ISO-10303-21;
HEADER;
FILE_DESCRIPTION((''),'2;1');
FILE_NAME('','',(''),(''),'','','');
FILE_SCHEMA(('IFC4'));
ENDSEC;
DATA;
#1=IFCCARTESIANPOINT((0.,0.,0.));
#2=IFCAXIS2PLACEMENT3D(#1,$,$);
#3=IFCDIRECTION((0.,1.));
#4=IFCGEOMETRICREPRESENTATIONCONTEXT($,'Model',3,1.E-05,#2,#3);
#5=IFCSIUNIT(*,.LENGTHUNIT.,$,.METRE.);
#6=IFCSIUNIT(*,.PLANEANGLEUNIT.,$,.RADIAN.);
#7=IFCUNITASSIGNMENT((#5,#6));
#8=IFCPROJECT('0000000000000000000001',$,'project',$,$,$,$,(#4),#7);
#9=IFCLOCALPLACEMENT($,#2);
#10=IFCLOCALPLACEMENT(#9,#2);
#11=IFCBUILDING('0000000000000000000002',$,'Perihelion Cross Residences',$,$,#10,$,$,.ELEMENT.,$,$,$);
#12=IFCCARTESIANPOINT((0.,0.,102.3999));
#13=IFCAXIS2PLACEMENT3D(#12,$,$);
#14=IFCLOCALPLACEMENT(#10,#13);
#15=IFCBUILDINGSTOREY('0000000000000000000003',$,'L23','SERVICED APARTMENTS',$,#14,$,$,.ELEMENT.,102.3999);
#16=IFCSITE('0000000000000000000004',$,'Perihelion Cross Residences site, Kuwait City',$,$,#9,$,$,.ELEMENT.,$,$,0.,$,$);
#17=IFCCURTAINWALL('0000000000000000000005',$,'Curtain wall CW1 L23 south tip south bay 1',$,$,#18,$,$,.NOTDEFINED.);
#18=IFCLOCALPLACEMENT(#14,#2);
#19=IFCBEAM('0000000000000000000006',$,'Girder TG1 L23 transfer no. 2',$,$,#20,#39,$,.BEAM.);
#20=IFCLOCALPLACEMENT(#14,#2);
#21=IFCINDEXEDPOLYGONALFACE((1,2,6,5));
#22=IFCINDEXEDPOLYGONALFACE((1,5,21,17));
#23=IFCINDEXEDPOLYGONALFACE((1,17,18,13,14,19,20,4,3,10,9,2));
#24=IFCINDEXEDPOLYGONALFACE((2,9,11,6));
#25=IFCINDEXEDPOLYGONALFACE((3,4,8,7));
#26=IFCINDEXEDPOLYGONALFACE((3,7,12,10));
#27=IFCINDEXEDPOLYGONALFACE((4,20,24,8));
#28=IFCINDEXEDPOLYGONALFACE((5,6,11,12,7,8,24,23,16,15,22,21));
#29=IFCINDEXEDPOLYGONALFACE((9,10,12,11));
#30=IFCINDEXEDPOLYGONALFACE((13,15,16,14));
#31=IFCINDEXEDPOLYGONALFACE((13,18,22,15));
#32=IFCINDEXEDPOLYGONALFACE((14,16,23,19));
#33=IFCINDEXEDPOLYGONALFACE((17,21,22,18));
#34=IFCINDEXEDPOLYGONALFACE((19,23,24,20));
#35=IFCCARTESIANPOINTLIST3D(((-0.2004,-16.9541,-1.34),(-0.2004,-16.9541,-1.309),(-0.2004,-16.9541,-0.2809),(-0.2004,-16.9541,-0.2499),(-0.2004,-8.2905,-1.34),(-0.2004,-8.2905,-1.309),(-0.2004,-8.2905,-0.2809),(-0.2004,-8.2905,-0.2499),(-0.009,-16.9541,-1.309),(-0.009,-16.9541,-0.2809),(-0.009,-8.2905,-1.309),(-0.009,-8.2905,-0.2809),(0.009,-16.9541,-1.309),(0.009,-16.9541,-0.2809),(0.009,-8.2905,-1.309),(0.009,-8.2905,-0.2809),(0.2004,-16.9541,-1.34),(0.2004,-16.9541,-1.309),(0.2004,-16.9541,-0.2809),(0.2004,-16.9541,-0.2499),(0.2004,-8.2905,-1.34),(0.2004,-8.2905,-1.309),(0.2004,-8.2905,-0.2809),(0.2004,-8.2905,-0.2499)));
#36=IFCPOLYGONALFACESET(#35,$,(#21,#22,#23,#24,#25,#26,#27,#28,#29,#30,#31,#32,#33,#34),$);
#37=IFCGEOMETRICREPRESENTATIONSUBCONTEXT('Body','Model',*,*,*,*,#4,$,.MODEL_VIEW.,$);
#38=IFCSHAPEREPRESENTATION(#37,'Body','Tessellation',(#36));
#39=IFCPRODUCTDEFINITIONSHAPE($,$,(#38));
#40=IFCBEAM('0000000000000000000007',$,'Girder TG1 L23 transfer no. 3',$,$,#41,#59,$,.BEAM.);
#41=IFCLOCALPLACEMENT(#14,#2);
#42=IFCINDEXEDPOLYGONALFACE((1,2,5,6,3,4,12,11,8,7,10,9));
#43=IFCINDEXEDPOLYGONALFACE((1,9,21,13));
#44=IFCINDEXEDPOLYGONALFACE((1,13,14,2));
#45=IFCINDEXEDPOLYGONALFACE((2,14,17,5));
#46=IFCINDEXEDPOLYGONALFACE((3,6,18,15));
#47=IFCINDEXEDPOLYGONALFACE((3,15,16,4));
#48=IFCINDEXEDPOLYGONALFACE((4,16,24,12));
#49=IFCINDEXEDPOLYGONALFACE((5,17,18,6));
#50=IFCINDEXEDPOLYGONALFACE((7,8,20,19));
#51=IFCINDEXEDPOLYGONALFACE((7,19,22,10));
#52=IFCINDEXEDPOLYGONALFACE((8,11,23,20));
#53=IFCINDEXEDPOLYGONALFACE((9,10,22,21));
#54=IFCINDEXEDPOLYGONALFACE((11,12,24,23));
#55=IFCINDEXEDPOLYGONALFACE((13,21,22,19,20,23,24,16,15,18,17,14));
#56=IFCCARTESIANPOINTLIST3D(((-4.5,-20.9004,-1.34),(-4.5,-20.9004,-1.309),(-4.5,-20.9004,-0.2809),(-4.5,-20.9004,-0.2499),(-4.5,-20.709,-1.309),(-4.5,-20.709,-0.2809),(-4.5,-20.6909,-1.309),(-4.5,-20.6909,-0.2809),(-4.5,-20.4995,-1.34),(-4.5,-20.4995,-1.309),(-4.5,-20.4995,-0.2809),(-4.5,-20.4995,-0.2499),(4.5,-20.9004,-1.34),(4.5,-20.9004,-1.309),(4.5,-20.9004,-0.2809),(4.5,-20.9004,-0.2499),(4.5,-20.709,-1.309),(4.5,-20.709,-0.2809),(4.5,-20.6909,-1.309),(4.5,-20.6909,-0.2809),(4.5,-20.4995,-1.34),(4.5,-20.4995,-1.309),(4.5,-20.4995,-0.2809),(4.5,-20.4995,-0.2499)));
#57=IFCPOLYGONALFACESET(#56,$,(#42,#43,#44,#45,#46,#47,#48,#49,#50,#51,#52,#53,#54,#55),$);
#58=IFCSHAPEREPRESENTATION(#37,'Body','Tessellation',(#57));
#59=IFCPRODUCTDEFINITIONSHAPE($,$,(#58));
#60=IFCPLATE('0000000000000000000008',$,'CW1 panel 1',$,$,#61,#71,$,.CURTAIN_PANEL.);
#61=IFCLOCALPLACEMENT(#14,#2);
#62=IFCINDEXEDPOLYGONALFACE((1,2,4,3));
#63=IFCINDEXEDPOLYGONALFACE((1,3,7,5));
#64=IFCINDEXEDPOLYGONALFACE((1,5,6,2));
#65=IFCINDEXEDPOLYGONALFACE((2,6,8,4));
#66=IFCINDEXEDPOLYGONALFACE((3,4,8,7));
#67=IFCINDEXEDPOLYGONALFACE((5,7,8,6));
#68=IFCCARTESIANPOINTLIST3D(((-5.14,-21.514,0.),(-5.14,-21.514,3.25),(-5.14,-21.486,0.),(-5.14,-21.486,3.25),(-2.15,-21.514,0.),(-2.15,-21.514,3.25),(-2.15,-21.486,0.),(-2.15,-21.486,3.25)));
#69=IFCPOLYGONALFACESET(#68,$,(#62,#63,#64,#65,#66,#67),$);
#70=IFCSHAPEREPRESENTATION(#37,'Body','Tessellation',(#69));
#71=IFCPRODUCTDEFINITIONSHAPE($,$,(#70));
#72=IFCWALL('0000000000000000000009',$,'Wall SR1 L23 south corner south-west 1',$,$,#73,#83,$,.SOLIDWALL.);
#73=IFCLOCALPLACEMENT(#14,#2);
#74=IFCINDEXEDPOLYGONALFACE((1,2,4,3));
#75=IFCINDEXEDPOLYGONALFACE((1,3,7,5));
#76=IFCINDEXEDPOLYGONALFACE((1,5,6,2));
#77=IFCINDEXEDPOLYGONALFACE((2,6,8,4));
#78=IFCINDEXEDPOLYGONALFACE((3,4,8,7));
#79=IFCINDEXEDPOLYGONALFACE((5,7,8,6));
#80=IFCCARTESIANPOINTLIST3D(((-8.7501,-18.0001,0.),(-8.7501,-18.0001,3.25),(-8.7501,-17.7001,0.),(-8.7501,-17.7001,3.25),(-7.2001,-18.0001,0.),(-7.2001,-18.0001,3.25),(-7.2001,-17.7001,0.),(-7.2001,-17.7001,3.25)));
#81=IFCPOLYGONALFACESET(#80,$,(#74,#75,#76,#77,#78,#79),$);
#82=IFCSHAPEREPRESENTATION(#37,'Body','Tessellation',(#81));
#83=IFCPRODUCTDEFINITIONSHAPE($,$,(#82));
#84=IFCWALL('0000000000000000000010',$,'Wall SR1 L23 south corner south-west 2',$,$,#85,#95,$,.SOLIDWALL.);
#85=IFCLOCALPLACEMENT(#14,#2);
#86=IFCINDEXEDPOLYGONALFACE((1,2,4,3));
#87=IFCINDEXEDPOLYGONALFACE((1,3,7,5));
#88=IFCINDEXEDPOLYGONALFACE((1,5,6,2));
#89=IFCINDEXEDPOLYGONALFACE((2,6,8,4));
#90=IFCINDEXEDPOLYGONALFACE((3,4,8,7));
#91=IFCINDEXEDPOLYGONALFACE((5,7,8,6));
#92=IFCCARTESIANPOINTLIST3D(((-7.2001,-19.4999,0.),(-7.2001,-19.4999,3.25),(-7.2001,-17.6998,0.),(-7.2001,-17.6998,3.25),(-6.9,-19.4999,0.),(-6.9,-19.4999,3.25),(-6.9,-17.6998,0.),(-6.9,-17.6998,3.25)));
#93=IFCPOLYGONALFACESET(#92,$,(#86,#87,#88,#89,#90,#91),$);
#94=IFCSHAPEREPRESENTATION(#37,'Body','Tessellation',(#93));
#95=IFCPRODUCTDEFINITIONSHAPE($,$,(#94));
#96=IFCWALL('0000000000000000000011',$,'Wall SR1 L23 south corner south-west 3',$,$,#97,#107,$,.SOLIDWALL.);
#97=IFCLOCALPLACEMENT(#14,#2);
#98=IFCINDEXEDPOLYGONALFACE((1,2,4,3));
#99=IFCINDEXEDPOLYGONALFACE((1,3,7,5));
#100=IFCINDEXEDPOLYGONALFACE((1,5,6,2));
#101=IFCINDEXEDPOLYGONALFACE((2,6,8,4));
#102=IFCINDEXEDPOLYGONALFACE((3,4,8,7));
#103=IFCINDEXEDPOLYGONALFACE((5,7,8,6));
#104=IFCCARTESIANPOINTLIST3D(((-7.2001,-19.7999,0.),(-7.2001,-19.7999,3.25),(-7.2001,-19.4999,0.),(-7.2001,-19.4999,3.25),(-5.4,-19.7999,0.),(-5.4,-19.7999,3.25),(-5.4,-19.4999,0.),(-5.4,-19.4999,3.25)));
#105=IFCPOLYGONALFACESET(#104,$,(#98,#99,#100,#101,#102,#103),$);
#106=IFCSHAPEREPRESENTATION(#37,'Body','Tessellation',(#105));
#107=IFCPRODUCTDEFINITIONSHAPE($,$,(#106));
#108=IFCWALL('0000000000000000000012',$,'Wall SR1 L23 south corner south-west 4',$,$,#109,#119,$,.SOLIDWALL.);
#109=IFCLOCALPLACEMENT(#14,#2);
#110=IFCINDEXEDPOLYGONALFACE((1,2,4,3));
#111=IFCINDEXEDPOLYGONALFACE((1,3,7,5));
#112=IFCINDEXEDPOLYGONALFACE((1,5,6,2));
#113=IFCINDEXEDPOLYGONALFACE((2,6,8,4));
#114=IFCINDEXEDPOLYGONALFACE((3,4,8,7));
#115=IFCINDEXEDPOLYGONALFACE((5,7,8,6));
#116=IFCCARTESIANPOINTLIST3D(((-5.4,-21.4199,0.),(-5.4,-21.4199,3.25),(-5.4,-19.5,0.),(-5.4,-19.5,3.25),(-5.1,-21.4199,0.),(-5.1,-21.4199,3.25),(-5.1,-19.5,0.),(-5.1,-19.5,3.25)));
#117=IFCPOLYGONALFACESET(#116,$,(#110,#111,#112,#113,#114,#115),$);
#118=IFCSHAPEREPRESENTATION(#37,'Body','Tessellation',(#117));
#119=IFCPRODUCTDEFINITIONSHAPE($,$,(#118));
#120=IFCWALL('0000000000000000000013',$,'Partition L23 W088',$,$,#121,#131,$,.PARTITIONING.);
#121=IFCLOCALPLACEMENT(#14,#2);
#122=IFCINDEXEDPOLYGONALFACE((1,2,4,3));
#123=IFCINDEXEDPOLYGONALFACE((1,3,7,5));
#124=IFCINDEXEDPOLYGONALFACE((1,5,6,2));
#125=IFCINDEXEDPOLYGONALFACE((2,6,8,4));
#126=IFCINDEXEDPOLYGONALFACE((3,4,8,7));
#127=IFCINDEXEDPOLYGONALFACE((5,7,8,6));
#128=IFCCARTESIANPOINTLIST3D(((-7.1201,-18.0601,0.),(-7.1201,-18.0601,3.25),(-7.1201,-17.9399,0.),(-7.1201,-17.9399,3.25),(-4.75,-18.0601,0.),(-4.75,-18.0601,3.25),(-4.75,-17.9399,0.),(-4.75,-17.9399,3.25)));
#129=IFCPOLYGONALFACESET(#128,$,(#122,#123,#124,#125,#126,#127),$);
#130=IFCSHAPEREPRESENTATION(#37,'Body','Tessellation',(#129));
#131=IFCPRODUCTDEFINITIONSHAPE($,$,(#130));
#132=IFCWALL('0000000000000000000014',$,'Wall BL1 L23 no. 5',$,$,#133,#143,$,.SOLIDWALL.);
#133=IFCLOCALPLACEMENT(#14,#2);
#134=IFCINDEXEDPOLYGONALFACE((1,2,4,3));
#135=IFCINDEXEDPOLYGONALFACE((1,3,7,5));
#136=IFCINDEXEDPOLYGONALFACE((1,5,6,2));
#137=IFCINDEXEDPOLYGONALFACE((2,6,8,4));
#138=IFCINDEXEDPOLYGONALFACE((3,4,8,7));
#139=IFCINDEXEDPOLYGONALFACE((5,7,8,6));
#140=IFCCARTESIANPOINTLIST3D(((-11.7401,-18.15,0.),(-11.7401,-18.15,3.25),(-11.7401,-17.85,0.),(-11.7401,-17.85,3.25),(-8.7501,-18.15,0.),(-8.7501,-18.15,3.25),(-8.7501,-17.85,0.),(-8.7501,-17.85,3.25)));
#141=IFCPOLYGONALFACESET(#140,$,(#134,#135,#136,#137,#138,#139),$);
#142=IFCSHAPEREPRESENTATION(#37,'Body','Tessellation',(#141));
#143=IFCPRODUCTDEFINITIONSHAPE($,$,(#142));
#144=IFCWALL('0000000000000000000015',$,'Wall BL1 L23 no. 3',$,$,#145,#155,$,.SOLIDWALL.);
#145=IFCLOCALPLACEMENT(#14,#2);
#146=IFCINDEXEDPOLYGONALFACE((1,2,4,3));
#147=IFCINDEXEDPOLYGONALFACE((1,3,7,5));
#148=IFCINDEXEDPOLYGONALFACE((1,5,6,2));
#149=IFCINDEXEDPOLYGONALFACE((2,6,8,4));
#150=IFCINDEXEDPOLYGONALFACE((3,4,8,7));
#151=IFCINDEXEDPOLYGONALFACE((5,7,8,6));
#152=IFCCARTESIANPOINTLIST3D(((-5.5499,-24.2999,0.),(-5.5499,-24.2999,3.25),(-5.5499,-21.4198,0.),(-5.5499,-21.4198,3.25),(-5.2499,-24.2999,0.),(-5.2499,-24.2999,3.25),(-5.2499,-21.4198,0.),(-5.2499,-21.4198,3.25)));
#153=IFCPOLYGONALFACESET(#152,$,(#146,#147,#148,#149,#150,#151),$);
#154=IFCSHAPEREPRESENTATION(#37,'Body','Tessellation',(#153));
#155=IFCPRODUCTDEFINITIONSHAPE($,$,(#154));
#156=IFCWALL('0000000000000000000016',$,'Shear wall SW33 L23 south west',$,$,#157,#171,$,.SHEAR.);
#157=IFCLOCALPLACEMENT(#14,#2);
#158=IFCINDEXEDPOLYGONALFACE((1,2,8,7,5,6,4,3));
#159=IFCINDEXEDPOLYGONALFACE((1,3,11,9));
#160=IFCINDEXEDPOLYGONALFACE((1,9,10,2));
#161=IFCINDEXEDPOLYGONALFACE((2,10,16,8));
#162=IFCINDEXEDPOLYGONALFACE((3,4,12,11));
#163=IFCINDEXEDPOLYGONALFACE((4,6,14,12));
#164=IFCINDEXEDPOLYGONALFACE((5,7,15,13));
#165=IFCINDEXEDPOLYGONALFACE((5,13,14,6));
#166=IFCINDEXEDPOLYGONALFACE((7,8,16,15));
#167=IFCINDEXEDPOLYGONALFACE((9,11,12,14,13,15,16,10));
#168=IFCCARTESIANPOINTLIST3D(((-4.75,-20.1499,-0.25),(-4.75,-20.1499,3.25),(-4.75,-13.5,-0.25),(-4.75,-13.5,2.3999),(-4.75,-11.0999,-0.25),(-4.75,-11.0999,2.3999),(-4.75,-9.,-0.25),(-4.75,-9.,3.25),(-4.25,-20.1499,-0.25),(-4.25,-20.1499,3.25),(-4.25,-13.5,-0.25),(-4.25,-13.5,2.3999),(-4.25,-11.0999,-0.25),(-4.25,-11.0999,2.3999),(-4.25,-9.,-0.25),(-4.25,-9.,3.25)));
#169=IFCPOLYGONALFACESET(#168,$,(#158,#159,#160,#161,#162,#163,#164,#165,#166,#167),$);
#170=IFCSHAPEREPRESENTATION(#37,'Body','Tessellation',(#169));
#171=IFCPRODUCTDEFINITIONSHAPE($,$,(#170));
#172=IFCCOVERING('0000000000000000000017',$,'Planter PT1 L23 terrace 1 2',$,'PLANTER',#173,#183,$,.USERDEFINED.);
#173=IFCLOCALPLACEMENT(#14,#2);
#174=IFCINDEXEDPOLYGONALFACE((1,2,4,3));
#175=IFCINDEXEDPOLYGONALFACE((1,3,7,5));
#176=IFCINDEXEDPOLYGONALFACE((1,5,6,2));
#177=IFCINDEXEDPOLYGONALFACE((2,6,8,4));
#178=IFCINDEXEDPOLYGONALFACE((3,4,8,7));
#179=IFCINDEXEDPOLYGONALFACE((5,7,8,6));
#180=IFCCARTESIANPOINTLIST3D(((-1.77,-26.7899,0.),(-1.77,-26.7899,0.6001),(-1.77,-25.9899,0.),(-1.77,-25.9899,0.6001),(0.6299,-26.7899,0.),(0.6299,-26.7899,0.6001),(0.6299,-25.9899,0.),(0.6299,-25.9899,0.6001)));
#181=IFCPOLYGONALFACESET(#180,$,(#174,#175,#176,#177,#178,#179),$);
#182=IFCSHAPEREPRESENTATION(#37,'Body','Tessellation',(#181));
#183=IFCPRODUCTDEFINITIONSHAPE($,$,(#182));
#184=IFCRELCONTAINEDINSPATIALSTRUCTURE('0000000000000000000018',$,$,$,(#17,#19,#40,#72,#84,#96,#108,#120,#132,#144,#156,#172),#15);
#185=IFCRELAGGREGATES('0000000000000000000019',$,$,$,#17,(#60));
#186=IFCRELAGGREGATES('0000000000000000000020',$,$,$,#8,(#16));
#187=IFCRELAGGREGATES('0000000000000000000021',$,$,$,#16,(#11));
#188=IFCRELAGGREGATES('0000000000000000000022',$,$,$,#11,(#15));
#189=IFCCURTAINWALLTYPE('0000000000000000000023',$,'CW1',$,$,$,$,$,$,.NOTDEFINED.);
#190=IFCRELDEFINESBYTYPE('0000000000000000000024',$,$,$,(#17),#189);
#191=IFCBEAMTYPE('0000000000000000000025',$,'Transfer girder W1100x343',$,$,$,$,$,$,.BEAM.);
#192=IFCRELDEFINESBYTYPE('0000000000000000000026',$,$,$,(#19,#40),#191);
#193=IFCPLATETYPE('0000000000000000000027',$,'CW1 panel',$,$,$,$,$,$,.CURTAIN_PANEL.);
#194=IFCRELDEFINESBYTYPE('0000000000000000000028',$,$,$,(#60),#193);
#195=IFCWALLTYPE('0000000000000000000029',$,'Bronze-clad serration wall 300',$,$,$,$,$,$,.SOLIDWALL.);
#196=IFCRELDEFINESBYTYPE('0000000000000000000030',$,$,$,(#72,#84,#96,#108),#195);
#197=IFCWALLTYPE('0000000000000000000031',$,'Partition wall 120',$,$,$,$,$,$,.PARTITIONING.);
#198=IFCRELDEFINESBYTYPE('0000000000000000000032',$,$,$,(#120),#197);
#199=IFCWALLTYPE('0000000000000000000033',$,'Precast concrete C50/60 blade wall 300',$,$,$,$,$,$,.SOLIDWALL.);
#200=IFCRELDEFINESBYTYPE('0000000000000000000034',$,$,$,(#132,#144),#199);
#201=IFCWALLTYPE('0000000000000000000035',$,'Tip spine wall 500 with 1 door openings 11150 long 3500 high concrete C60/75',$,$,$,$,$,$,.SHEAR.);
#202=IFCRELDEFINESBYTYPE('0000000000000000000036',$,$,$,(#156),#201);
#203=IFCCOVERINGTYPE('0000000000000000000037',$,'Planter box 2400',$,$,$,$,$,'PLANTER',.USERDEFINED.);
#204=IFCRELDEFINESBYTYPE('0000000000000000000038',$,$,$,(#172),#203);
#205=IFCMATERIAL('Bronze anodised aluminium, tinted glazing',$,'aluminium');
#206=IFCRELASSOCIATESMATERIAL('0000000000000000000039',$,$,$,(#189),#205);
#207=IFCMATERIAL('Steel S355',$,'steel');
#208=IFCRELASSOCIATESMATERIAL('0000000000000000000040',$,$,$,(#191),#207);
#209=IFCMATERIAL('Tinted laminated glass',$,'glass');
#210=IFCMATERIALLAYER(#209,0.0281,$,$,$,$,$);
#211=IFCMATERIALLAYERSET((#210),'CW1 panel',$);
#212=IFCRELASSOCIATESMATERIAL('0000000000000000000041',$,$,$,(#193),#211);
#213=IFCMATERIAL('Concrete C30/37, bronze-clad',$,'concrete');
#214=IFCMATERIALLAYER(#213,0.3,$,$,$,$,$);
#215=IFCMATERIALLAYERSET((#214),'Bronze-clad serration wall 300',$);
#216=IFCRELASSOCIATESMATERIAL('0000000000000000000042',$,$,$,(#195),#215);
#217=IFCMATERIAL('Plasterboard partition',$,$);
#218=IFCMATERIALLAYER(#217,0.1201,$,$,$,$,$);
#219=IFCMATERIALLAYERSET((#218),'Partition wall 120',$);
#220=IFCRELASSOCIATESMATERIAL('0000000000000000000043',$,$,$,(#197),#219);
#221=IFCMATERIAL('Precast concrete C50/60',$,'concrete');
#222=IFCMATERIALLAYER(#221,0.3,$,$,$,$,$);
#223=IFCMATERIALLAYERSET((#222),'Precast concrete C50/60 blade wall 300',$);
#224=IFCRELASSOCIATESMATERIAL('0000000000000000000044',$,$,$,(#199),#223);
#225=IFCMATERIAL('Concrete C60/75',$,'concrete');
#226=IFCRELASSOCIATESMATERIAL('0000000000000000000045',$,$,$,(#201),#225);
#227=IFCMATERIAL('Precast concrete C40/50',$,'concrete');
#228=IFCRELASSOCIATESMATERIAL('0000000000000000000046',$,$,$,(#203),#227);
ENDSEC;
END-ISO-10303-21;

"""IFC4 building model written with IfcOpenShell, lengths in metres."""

from ifc_helpers import new_model, si_unit, direction, frame, frame_2d, origin, origin_2d, place, context, subcontext, project, spatial, polyline, rectangle, i_section, outline, extrude, material, layer, layer_set, material_profile, profile_set, type_object, element, aggregate, save


model = new_model("IFC4")

# Units and contexts
model_context = context("Model", 3, precision=1e-05, world=origin(), true_north=direction((0.0, 1.0)))
body_context = subcontext(model_context, "Body", "Model", "MODEL_VIEW")
ifc_project = project(units=[si_unit("LENGTHUNIT", "METRE"), si_unit("PLANEANGLEUNIT", "RADIAN")], contexts=[model_context])

# Site, building, storey
site_placement = place(None, origin())
site = spatial("IfcSite", under=ifc_project, at=site_placement, Name="Perihelion Cross Residences site, Kuwait City", CompositionType="ELEMENT", RefElevation=0.0)
building_placement = place(site_placement, origin())
building = spatial("IfcBuilding", under=site, at=building_placement, Name="Perihelion Cross Residences", CompositionType="ELEMENT")
storey_placement = place(building_placement, frame((0.0, 0.0, 102.3999)))
storey = spatial("IfcBuildingStorey", under=building, at=storey_placement, Name="L23", Description="SERVICED APARTMENTS", CompositionType="ELEMENT", Elevation=102.3999)

# Curtain wall
ifc_material_1 = material(Name="Bronze anodised aluminium, tinted glazing", Category="aluminium")
curtain_wall_type_1 = type_object("IfcCurtainWallType", Name="CW1", PredefinedType="NOTDEFINED", material=ifc_material_1)
curtain_wall_1_placement = place(storey_placement, origin())
curtain_wall_1 = element("IfcCurtainWall", 1, at=curtain_wall_1_placement, inside=storey, type_object=curtain_wall_type_1, Name="Curtain wall CW1 L23 south tip south bay 1", PredefinedType="NOTDEFINED")

# Beams
ifc_material_2 = material(Name="Steel S355", Category="steel")
ifc_material_profile_1 = material_profile(ifc_material_2, i_section(OverallWidth=0.4009, OverallDepth=1.0901, WebThickness=0.0181, FlangeThickness=0.031, at=origin_2d()), Name="W1100x343")
ifc_profile_set_1 = profile_set([ifc_material_profile_1], Name="Steel S355")
beam_type_1 = type_object("IfcBeamType", Name="Transfer girder W1100x343", PredefinedType="BEAM", material=ifc_profile_set_1)
beam_1_placement = place(storey_placement, frame((0.0, -16.9541, -0.7949), z_axis=(0.0, 1.0, 0.0), x_axis=(-1.0, 0.0, 0.0)))
element("IfcBeam", 2, at=beam_1_placement, inside=storey, type_object=beam_type_1, Name="Girder TG1 L23 transfer no. 2", PredefinedType="BEAM", context=body_context, shape_type="SweptSolid", body=[
    extrude(i_section(OverallWidth=0.4009, OverallDepth=1.0901, WebThickness=0.0181, FlangeThickness=0.031, at=origin_2d()), origin(), (0.0, 0.0, 1.0), 8.6636),
])
beam_2_placement = place(storey_placement, frame((-4.5, -20.7, -0.7949), z_axis=(1.0, 0.0, 0.0), x_axis=(0.0, 1.0, 0.0)))
element("IfcBeam", 3, at=beam_2_placement, inside=storey, type_object=beam_type_1, Name="Girder TG1 L23 transfer no. 3", PredefinedType="BEAM", context=body_context, shape_type="SweptSolid", body=[
    extrude(i_section(OverallWidth=0.4009, OverallDepth=1.0901, WebThickness=0.0181, FlangeThickness=0.031, at=origin_2d()), origin(), (0.0, 0.0, 1.0), 9.0),
])

# Plate
ifc_material_3 = material(Name="Tinted laminated glass", Category="glass")
ifc_layer_1 = layer(ifc_material_3, 0.0281)
ifc_layer_set_1 = layer_set([ifc_layer_1], Name="CW1 panel")
plate_type = type_object("IfcPlateType", Name="CW1 panel", PredefinedType="CURTAIN_PANEL", material=ifc_layer_set_1)
plate_placement = place(storey_placement, frame((-3.645, -21.5, 0.0), z_axis=(0.0, 0.0, 1.0), x_axis=(1.0, 0.0, 0.0)))
plate = element("IfcPlate", 4, at=plate_placement, type_object=plate_type, Name="CW1 panel 1", PredefinedType="CURTAIN_PANEL", context=body_context, shape_type="SweptSolid", body=[
    extrude(rectangle(XDim=2.99, YDim=0.0281, at=origin_2d()), origin(), (0.0, 0.0, 1.0), 3.25),
])
aggregate(curtain_wall_1, [plate])

# Walls
ifc_material_4 = material(Name="Concrete C30/37, bronze-clad", Category="concrete")
ifc_layer_2 = layer(ifc_material_4, 0.3)
ifc_layer_set_2 = layer_set([ifc_layer_2], Name="Bronze-clad serration wall 300")
wall_type_1 = type_object("IfcWallType", Name="Bronze-clad serration wall 300", PredefinedType="SOLIDWALL", material=ifc_layer_set_2)
wall_1_placement = place(storey_placement, frame((-8.75, -17.8501, 0.0), z_axis=(0.0, 0.0, 1.0), x_axis=(1.0, 0.0, 0.0)))
element("IfcWall", 5, at=wall_1_placement, inside=storey, type_object=wall_type_1, Name="Wall SR1 L23 south corner south-west 1", PredefinedType="SOLIDWALL", context=body_context, shape_type="SweptSolid", body=[
    extrude(rectangle(XDim=1.55, YDim=0.3, at=frame_2d((0.7749, 0.0))), origin(), (0.0, 0.0, 1.0), 3.25),
])
for number, where, z_axis, x_axis, name in (
    (6, (-7.05, -17.7, 0.0), (0.0, 0.0, 1.0), (0.0, -1.0, 0.0), "Wall SR1 L23 south corner south-west 2"),
    (7, (-7.2, -19.6499, 0.0), (0.0, 0.0, 1.0), (1.0, 0.0, 0.0), "Wall SR1 L23 south corner south-west 3"),
):
    element("IfcWall", number, at=place(storey_placement, frame(where, z_axis=z_axis, x_axis=x_axis)), inside=storey, type_object=wall_type_1, Name=name, PredefinedType="SOLIDWALL", context=body_context, shape_type="SweptSolid", body=[
        extrude(rectangle(XDim=1.8, YDim=0.3, at=frame_2d((0.8999, 0.0))), origin(), (0.0, 0.0, 1.0), 3.25),
    ])
wall_2_placement = place(storey_placement, frame((-5.25, -19.5, 0.0), z_axis=(0.0, 0.0, 1.0), x_axis=(0.0, -1.0, 0.0)))
element("IfcWall", 8, at=wall_2_placement, inside=storey, type_object=wall_type_1, Name="Wall SR1 L23 south corner south-west 4", PredefinedType="SOLIDWALL", context=body_context, shape_type="SweptSolid", body=[
    extrude(rectangle(XDim=1.9199, YDim=0.3, at=frame_2d((0.96, 0.0))), origin(), (0.0, 0.0, 1.0), 3.25),
])
ifc_material_5 = material(Name="Plasterboard partition")
ifc_layer_3 = layer(ifc_material_5, 0.1201)
ifc_layer_set_3 = layer_set([ifc_layer_3], Name="Partition wall 120")
wall_type_2 = type_object("IfcWallType", Name="Partition wall 120", PredefinedType="PARTITIONING", material=ifc_layer_set_3)
wall_3_placement = place(storey_placement, frame((-4.75, -18.0, 0.0), z_axis=(0.0, 0.0, 1.0), x_axis=(-1.0, 0.0, 0.0)))
element("IfcWall", 9, at=wall_3_placement, inside=storey, type_object=wall_type_2, Name="Partition L23 W088", PredefinedType="PARTITIONING", context=body_context, shape_type="SweptSolid", body=[
    extrude(rectangle(XDim=2.3701, YDim=0.1201, at=frame_2d((1.1851, 0.0))), origin(), (0.0, 0.0, 1.0), 3.25),
])
ifc_material_6 = material(Name="Precast concrete C50/60", Category="concrete")
ifc_layer_4 = layer(ifc_material_6, 0.3)
ifc_layer_set_4 = layer_set([ifc_layer_4], Name="Precast concrete C50/60 blade wall 300")
wall_type_3 = type_object("IfcWallType", Name="Precast concrete C50/60 blade wall 300", PredefinedType="SOLIDWALL", material=ifc_layer_set_4)
wall_4_placement = place(storey_placement, frame((-8.75, -18.0, 0.0), z_axis=(0.0, 0.0, 1.0), x_axis=(-1.0, 0.0, 0.0)))
element("IfcWall", 10, at=wall_4_placement, inside=storey, type_object=wall_type_3, Name="Wall BL1 L23 no. 5", PredefinedType="SOLIDWALL", context=body_context, shape_type="SweptSolid", body=[
    extrude(rectangle(XDim=2.99, YDim=0.3, at=frame_2d((1.4951, 0.0))), origin(), (0.0, 0.0, 1.0), 3.25),
])
wall_5_placement = place(storey_placement, frame((-5.3999, -21.4199, 0.0), z_axis=(0.0, 0.0, 1.0), x_axis=(0.0, -1.0, 0.0)))
element("IfcWall", 11, at=wall_5_placement, inside=storey, type_object=wall_type_3, Name="Wall BL1 L23 no. 3", PredefinedType="SOLIDWALL", context=body_context, shape_type="SweptSolid", body=[
    extrude(rectangle(XDim=2.8801, YDim=0.3, at=frame_2d((1.4399, 0.0))), origin(), (0.0, 0.0, 1.0), 3.25),
])
ifc_material_7 = material(Name="Concrete C60/75", Category="concrete")
ifc_material_profile_2 = material_profile(ifc_material_7, outline(polyline([(0.0, 0.0), (6.6499, 0.0), (6.6499, 2.6499), (9.05, 2.6499), (9.05, 0.0), (11.1499, 0.0), (11.1499, 3.5), (0.0, 3.5), (0.0, 0.0)])), Name="Tip spine wall")
ifc_profile_set_2 = profile_set([ifc_material_profile_2], Name="Concrete C60/75")
wall_type_4 = type_object("IfcWallType", Name="Tip spine wall 500 with 1 door openings 11150 long 3500 high concrete C60/75", PredefinedType="SHEAR", material=ifc_profile_set_2)
wall_6_placement = place(storey_placement, frame((-4.75, -20.1499, -0.25), z_axis=(1.0, 0.0, 0.0), x_axis=(0.0, 1.0, 0.0)))
element("IfcWall", 12, at=wall_6_placement, inside=storey, type_object=wall_type_4, Name="Shear wall SW33 L23 south west", PredefinedType="SHEAR", context=body_context, shape_type="SweptSolid", body=[
    extrude(outline(polyline([(0.0, 0.0), (6.6499, 0.0), (6.6499, 2.6499), (9.05, 2.6499), (9.05, 0.0), (11.1499, 0.0), (11.1499, 3.5), (0.0, 3.5), (0.0, 0.0)])), origin(), (0.0, 0.0, 1.0), 0.5),
])

# Covering
ifc_material_8 = material(Name="Precast concrete C40/50", Category="concrete")
covering_type = type_object("IfcCoveringType", Name="Planter box 2400", ElementType="PLANTER", PredefinedType="USERDEFINED", material=ifc_material_8)
for number, where, z_axis, x_axis, name in (
    (13, (-0.5701, -26.3899, 0.0), (0.0, 0.0, 1.0), (-1.0, 0.0, 0.0), "Planter PT1 L23 terrace 1 2"),
):
    element("IfcCovering", number, at=place(storey_placement, frame(where, z_axis=z_axis, x_axis=x_axis)), inside=storey, type_object=covering_type, Name=name, ObjectType="PLANTER", PredefinedType="USERDEFINED", context=body_context, shape_type="SweptSolid", body=[
        extrude(rectangle(XDim=2.3999, YDim=0.8, at=origin_2d()), origin(), (0.0, 0.0, 1.0), 0.6001),
    ])

save(model, "model.ifc")
